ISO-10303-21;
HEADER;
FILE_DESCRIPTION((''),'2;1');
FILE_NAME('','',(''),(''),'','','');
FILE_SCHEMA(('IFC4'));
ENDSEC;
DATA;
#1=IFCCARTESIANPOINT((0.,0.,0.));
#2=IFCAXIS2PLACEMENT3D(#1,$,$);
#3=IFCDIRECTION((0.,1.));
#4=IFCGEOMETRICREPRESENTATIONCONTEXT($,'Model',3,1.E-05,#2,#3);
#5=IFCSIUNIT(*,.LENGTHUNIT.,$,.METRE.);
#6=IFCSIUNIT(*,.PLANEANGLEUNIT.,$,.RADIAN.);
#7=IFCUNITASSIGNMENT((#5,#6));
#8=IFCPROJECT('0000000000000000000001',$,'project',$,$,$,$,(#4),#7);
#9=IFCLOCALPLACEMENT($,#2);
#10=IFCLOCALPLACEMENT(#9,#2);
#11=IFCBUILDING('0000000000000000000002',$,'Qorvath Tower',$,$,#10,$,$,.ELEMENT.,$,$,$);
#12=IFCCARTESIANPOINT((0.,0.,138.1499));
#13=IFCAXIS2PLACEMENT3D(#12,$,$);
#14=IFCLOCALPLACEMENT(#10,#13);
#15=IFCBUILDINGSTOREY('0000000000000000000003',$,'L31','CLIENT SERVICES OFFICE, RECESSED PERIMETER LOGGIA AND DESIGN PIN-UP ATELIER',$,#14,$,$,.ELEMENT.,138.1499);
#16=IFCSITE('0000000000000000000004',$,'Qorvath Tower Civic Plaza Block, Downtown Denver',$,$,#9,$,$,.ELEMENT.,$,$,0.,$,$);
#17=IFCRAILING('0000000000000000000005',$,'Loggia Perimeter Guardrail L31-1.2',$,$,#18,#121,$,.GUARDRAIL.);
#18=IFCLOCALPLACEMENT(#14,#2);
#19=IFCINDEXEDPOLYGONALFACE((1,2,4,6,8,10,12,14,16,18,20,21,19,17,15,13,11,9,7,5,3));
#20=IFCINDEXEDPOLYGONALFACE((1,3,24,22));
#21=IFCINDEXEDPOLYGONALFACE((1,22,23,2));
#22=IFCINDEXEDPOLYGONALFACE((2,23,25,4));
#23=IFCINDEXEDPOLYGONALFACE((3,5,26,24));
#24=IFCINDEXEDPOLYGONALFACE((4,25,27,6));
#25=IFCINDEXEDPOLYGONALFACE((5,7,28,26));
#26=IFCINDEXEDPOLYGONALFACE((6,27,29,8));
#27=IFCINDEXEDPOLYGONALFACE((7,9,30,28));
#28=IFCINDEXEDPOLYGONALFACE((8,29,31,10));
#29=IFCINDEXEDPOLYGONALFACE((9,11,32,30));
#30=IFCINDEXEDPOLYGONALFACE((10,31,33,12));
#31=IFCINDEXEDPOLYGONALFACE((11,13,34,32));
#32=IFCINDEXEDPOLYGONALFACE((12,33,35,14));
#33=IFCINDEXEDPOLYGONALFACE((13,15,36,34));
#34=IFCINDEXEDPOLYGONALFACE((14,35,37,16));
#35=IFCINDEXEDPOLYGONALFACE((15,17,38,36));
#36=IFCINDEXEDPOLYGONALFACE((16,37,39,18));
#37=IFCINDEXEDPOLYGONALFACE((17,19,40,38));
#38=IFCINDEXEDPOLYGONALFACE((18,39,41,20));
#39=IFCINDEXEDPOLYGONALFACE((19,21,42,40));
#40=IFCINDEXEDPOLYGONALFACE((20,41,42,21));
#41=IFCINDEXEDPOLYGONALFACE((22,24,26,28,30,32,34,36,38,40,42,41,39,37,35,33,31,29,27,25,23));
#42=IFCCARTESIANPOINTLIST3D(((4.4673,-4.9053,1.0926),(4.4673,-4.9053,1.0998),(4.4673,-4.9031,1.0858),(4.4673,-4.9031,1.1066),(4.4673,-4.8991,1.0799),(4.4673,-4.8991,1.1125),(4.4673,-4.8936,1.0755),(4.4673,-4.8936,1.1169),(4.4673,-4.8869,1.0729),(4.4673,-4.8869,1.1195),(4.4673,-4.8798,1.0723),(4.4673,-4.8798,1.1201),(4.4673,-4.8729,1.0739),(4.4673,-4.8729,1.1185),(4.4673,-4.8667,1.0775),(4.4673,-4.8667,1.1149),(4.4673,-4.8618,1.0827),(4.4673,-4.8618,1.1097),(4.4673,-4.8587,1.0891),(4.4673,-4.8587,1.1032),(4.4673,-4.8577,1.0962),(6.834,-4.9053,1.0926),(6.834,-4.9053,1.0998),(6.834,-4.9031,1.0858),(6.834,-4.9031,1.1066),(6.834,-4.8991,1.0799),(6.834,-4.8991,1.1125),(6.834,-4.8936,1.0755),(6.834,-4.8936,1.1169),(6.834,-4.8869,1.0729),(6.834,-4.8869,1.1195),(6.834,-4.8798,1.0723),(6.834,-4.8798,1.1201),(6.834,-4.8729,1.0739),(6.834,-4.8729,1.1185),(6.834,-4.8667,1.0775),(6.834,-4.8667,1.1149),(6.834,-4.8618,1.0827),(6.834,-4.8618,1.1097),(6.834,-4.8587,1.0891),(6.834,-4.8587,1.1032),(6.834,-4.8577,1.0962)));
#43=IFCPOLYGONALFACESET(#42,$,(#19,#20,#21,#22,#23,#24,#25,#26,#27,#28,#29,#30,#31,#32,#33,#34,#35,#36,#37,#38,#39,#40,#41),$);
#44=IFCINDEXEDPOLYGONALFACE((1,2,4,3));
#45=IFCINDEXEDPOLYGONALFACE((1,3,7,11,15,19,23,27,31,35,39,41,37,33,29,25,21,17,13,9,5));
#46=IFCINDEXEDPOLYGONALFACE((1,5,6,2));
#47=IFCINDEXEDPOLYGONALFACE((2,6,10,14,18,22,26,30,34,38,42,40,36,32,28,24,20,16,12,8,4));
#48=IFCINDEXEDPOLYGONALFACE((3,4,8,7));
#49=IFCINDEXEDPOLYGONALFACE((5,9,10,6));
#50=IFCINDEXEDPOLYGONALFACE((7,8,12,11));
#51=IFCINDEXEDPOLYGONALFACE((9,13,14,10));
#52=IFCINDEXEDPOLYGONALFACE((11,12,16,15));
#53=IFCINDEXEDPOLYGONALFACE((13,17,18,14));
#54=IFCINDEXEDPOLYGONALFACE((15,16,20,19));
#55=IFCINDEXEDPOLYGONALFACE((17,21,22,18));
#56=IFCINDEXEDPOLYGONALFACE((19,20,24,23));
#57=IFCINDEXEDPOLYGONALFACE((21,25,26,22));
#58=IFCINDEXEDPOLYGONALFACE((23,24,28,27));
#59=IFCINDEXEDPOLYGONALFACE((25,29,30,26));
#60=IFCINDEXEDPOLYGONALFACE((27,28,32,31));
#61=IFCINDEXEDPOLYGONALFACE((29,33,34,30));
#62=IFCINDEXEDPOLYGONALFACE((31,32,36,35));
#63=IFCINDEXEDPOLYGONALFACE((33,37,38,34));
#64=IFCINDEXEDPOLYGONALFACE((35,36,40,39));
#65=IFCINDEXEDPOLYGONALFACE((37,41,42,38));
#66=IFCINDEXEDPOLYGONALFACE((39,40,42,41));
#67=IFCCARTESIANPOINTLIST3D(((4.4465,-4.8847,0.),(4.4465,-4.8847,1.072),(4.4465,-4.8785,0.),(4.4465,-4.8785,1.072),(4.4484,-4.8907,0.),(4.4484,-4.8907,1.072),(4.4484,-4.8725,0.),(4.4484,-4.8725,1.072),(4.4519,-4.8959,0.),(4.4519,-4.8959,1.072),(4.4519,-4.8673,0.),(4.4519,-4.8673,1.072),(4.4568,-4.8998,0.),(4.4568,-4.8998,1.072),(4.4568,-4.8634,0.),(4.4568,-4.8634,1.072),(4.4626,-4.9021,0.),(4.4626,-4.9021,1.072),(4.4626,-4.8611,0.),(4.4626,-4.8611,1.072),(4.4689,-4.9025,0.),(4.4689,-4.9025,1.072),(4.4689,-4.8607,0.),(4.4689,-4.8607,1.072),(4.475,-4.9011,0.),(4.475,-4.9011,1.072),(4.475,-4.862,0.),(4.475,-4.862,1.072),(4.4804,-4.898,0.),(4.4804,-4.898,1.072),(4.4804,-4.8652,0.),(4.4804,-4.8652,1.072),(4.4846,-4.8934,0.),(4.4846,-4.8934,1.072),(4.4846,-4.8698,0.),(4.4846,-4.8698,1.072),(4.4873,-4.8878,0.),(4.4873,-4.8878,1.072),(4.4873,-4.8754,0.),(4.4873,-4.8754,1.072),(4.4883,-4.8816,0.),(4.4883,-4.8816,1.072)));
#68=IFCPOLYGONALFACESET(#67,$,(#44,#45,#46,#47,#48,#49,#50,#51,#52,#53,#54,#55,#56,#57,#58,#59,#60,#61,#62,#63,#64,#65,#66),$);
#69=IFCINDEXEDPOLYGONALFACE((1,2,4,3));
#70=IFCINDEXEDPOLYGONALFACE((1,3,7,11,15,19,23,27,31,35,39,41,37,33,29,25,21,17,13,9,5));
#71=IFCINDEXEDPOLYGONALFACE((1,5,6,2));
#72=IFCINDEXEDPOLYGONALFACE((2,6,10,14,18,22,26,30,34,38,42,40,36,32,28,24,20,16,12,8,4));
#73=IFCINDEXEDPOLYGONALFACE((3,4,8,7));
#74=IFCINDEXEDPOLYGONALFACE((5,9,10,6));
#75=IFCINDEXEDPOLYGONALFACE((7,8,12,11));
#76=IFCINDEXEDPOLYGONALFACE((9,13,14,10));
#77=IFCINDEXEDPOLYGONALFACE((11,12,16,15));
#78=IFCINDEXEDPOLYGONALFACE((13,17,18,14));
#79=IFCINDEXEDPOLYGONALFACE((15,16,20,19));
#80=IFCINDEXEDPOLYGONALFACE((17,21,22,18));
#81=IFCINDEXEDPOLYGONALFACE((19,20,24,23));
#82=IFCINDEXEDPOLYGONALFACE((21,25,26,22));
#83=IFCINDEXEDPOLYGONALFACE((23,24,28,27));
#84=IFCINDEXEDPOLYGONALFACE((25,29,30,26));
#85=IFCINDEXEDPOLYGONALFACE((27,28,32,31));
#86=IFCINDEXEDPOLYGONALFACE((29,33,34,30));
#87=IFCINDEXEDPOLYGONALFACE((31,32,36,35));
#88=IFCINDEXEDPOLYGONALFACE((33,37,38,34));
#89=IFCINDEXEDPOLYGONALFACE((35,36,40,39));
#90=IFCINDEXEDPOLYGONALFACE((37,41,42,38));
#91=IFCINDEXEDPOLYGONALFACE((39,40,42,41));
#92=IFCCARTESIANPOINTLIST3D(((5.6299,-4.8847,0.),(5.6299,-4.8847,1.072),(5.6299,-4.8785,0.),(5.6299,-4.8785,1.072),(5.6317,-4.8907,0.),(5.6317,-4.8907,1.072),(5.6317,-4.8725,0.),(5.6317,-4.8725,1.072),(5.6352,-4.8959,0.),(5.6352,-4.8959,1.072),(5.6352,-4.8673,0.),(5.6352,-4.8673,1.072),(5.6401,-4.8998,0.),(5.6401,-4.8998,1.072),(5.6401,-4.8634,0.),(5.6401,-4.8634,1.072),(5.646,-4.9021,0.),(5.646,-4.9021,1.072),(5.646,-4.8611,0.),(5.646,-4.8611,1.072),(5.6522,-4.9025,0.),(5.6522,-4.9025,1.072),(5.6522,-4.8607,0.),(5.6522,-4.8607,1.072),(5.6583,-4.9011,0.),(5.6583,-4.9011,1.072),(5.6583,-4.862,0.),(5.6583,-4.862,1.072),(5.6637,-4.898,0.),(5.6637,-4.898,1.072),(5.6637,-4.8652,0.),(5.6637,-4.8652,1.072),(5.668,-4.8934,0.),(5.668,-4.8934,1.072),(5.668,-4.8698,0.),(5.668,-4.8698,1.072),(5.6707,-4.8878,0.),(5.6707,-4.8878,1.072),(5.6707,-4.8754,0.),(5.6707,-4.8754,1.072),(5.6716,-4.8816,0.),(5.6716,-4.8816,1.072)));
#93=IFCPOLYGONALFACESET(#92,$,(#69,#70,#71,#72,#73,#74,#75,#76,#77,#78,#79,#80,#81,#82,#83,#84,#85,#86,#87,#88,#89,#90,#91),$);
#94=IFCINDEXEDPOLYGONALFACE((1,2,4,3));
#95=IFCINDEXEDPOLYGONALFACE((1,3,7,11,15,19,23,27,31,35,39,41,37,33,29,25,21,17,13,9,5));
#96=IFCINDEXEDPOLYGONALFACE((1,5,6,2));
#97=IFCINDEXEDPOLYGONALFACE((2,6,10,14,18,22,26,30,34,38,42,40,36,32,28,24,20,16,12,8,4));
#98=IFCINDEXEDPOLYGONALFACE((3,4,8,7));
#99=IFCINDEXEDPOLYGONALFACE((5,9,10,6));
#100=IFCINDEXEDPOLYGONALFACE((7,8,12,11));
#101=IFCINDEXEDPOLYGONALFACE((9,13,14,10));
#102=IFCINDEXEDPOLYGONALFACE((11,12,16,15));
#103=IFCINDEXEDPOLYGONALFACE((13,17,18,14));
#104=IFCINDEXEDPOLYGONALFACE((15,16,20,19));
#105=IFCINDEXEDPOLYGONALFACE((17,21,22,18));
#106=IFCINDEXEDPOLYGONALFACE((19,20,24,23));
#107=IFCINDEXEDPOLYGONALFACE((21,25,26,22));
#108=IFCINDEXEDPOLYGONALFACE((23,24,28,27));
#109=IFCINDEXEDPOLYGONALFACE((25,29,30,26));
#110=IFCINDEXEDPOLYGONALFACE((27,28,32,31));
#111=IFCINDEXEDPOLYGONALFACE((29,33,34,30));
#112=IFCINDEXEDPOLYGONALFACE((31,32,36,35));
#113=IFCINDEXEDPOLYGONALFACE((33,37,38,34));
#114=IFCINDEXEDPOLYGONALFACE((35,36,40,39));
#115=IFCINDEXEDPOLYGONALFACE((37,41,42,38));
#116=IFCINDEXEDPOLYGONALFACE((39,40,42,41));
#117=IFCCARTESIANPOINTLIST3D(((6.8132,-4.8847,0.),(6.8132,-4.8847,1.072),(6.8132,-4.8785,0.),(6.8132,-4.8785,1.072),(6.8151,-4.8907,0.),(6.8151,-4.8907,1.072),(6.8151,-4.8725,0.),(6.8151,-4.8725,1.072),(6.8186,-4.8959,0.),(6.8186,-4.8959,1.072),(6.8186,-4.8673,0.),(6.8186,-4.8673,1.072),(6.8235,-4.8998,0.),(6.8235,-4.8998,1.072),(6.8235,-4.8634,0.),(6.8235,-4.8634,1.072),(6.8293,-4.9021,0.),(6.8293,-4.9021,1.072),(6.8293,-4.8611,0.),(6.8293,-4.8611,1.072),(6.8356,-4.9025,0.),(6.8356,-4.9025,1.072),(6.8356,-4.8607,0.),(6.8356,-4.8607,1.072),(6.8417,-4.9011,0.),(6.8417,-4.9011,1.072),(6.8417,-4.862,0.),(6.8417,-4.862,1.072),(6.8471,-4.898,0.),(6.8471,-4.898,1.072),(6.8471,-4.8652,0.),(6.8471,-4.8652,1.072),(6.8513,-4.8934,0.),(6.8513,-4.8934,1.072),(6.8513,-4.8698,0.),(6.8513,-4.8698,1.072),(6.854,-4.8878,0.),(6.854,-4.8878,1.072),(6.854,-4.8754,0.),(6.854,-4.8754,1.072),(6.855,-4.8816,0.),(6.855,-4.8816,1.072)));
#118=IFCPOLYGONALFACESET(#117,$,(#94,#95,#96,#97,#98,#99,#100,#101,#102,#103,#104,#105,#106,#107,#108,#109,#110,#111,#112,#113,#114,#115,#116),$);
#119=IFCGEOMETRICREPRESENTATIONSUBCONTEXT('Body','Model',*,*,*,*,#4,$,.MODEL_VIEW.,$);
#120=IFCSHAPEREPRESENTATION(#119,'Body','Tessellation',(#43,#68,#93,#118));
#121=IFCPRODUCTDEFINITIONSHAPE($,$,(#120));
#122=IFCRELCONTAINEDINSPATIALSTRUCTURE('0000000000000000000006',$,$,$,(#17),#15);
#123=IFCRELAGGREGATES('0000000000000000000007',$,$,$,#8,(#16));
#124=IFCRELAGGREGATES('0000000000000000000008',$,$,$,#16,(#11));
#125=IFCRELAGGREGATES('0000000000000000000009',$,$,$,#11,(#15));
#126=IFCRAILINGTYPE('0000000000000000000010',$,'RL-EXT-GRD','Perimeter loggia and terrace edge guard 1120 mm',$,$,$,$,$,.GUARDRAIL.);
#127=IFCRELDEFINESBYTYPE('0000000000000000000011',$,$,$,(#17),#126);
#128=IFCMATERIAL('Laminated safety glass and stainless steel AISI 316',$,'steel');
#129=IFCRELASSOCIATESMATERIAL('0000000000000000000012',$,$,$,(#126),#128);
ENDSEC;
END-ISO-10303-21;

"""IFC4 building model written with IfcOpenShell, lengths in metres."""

from ifc_helpers import new_model, si_unit, direction, frame, origin, origin_2d, place, context, subcontext, project, spatial, circle, extrude, material, type_object, element, save


model = new_model("IFC4")

# Units and contexts
model_context = context("Model", 3, precision=1e-05, world=origin(), true_north=direction((0.0, 1.0)))
body_context = subcontext(model_context, "Body", "Model", "MODEL_VIEW")
ifc_project = project(units=[si_unit("LENGTHUNIT", "METRE"), si_unit("PLANEANGLEUNIT", "RADIAN")], contexts=[model_context])

# Site, building, storey
site_placement = place(None, origin())
site = spatial("IfcSite", under=ifc_project, at=site_placement, Name="Qorvath Tower Civic Plaza Block, Downtown Denver", CompositionType="ELEMENT", RefElevation=0.0)
building_placement = place(site_placement, origin())
building = spatial("IfcBuilding", under=site, at=building_placement, Name="Qorvath Tower", CompositionType="ELEMENT")
storey_placement = place(building_placement, frame((0.0, 0.0, 138.1499)))
storey = spatial("IfcBuildingStorey", under=building, at=storey_placement, Name="L31", Description="CLIENT SERVICES OFFICE, RECESSED PERIMETER LOGGIA AND DESIGN PIN-UP ATELIER", CompositionType="ELEMENT", Elevation=138.1499)

# Railing
ifc_material_1 = material(Name="Laminated safety glass and stainless steel AISI 316", Category="steel")
railing_type = type_object("IfcRailingType", Name="RL-EXT-GRD", Description="Perimeter loggia and terrace edge guard 1120 mm", PredefinedType="GUARDRAIL", material=ifc_material_1)
railing_1_placement = place(storey_placement, frame((4.4673, -4.8816, 0.0)))
element("IfcRailing", 1, at=railing_1_placement, inside=storey, type_object=railing_type, Name="Loggia Perimeter Guardrail L31-1.2", PredefinedType="GUARDRAIL", context=body_context, shape_type="SweptSolid", body=[
    extrude(circle(Radius=0.0239, at=origin_2d()), frame((0.0, 0.0, 1.0962), z_axis=(1.0, 0.0, 0.0), x_axis=(0.0, 1.0, 0.0)), (0.0, 0.0, 1.0), 2.3667),
    extrude(circle(Radius=0.021, at=origin_2d()), origin(), (0.0, 0.0, 1.0), 1.072),
    extrude(circle(Radius=0.021, at=origin_2d()), frame((1.1833, 0.0, 0.0)), (0.0, 0.0, 1.0), 1.072),
    extrude(circle(Radius=0.021, at=origin_2d()), frame((2.3667, 0.0, 0.0)), (0.0, 0.0, 1.0), 1.072),
])

save(model, "model.ifc")
